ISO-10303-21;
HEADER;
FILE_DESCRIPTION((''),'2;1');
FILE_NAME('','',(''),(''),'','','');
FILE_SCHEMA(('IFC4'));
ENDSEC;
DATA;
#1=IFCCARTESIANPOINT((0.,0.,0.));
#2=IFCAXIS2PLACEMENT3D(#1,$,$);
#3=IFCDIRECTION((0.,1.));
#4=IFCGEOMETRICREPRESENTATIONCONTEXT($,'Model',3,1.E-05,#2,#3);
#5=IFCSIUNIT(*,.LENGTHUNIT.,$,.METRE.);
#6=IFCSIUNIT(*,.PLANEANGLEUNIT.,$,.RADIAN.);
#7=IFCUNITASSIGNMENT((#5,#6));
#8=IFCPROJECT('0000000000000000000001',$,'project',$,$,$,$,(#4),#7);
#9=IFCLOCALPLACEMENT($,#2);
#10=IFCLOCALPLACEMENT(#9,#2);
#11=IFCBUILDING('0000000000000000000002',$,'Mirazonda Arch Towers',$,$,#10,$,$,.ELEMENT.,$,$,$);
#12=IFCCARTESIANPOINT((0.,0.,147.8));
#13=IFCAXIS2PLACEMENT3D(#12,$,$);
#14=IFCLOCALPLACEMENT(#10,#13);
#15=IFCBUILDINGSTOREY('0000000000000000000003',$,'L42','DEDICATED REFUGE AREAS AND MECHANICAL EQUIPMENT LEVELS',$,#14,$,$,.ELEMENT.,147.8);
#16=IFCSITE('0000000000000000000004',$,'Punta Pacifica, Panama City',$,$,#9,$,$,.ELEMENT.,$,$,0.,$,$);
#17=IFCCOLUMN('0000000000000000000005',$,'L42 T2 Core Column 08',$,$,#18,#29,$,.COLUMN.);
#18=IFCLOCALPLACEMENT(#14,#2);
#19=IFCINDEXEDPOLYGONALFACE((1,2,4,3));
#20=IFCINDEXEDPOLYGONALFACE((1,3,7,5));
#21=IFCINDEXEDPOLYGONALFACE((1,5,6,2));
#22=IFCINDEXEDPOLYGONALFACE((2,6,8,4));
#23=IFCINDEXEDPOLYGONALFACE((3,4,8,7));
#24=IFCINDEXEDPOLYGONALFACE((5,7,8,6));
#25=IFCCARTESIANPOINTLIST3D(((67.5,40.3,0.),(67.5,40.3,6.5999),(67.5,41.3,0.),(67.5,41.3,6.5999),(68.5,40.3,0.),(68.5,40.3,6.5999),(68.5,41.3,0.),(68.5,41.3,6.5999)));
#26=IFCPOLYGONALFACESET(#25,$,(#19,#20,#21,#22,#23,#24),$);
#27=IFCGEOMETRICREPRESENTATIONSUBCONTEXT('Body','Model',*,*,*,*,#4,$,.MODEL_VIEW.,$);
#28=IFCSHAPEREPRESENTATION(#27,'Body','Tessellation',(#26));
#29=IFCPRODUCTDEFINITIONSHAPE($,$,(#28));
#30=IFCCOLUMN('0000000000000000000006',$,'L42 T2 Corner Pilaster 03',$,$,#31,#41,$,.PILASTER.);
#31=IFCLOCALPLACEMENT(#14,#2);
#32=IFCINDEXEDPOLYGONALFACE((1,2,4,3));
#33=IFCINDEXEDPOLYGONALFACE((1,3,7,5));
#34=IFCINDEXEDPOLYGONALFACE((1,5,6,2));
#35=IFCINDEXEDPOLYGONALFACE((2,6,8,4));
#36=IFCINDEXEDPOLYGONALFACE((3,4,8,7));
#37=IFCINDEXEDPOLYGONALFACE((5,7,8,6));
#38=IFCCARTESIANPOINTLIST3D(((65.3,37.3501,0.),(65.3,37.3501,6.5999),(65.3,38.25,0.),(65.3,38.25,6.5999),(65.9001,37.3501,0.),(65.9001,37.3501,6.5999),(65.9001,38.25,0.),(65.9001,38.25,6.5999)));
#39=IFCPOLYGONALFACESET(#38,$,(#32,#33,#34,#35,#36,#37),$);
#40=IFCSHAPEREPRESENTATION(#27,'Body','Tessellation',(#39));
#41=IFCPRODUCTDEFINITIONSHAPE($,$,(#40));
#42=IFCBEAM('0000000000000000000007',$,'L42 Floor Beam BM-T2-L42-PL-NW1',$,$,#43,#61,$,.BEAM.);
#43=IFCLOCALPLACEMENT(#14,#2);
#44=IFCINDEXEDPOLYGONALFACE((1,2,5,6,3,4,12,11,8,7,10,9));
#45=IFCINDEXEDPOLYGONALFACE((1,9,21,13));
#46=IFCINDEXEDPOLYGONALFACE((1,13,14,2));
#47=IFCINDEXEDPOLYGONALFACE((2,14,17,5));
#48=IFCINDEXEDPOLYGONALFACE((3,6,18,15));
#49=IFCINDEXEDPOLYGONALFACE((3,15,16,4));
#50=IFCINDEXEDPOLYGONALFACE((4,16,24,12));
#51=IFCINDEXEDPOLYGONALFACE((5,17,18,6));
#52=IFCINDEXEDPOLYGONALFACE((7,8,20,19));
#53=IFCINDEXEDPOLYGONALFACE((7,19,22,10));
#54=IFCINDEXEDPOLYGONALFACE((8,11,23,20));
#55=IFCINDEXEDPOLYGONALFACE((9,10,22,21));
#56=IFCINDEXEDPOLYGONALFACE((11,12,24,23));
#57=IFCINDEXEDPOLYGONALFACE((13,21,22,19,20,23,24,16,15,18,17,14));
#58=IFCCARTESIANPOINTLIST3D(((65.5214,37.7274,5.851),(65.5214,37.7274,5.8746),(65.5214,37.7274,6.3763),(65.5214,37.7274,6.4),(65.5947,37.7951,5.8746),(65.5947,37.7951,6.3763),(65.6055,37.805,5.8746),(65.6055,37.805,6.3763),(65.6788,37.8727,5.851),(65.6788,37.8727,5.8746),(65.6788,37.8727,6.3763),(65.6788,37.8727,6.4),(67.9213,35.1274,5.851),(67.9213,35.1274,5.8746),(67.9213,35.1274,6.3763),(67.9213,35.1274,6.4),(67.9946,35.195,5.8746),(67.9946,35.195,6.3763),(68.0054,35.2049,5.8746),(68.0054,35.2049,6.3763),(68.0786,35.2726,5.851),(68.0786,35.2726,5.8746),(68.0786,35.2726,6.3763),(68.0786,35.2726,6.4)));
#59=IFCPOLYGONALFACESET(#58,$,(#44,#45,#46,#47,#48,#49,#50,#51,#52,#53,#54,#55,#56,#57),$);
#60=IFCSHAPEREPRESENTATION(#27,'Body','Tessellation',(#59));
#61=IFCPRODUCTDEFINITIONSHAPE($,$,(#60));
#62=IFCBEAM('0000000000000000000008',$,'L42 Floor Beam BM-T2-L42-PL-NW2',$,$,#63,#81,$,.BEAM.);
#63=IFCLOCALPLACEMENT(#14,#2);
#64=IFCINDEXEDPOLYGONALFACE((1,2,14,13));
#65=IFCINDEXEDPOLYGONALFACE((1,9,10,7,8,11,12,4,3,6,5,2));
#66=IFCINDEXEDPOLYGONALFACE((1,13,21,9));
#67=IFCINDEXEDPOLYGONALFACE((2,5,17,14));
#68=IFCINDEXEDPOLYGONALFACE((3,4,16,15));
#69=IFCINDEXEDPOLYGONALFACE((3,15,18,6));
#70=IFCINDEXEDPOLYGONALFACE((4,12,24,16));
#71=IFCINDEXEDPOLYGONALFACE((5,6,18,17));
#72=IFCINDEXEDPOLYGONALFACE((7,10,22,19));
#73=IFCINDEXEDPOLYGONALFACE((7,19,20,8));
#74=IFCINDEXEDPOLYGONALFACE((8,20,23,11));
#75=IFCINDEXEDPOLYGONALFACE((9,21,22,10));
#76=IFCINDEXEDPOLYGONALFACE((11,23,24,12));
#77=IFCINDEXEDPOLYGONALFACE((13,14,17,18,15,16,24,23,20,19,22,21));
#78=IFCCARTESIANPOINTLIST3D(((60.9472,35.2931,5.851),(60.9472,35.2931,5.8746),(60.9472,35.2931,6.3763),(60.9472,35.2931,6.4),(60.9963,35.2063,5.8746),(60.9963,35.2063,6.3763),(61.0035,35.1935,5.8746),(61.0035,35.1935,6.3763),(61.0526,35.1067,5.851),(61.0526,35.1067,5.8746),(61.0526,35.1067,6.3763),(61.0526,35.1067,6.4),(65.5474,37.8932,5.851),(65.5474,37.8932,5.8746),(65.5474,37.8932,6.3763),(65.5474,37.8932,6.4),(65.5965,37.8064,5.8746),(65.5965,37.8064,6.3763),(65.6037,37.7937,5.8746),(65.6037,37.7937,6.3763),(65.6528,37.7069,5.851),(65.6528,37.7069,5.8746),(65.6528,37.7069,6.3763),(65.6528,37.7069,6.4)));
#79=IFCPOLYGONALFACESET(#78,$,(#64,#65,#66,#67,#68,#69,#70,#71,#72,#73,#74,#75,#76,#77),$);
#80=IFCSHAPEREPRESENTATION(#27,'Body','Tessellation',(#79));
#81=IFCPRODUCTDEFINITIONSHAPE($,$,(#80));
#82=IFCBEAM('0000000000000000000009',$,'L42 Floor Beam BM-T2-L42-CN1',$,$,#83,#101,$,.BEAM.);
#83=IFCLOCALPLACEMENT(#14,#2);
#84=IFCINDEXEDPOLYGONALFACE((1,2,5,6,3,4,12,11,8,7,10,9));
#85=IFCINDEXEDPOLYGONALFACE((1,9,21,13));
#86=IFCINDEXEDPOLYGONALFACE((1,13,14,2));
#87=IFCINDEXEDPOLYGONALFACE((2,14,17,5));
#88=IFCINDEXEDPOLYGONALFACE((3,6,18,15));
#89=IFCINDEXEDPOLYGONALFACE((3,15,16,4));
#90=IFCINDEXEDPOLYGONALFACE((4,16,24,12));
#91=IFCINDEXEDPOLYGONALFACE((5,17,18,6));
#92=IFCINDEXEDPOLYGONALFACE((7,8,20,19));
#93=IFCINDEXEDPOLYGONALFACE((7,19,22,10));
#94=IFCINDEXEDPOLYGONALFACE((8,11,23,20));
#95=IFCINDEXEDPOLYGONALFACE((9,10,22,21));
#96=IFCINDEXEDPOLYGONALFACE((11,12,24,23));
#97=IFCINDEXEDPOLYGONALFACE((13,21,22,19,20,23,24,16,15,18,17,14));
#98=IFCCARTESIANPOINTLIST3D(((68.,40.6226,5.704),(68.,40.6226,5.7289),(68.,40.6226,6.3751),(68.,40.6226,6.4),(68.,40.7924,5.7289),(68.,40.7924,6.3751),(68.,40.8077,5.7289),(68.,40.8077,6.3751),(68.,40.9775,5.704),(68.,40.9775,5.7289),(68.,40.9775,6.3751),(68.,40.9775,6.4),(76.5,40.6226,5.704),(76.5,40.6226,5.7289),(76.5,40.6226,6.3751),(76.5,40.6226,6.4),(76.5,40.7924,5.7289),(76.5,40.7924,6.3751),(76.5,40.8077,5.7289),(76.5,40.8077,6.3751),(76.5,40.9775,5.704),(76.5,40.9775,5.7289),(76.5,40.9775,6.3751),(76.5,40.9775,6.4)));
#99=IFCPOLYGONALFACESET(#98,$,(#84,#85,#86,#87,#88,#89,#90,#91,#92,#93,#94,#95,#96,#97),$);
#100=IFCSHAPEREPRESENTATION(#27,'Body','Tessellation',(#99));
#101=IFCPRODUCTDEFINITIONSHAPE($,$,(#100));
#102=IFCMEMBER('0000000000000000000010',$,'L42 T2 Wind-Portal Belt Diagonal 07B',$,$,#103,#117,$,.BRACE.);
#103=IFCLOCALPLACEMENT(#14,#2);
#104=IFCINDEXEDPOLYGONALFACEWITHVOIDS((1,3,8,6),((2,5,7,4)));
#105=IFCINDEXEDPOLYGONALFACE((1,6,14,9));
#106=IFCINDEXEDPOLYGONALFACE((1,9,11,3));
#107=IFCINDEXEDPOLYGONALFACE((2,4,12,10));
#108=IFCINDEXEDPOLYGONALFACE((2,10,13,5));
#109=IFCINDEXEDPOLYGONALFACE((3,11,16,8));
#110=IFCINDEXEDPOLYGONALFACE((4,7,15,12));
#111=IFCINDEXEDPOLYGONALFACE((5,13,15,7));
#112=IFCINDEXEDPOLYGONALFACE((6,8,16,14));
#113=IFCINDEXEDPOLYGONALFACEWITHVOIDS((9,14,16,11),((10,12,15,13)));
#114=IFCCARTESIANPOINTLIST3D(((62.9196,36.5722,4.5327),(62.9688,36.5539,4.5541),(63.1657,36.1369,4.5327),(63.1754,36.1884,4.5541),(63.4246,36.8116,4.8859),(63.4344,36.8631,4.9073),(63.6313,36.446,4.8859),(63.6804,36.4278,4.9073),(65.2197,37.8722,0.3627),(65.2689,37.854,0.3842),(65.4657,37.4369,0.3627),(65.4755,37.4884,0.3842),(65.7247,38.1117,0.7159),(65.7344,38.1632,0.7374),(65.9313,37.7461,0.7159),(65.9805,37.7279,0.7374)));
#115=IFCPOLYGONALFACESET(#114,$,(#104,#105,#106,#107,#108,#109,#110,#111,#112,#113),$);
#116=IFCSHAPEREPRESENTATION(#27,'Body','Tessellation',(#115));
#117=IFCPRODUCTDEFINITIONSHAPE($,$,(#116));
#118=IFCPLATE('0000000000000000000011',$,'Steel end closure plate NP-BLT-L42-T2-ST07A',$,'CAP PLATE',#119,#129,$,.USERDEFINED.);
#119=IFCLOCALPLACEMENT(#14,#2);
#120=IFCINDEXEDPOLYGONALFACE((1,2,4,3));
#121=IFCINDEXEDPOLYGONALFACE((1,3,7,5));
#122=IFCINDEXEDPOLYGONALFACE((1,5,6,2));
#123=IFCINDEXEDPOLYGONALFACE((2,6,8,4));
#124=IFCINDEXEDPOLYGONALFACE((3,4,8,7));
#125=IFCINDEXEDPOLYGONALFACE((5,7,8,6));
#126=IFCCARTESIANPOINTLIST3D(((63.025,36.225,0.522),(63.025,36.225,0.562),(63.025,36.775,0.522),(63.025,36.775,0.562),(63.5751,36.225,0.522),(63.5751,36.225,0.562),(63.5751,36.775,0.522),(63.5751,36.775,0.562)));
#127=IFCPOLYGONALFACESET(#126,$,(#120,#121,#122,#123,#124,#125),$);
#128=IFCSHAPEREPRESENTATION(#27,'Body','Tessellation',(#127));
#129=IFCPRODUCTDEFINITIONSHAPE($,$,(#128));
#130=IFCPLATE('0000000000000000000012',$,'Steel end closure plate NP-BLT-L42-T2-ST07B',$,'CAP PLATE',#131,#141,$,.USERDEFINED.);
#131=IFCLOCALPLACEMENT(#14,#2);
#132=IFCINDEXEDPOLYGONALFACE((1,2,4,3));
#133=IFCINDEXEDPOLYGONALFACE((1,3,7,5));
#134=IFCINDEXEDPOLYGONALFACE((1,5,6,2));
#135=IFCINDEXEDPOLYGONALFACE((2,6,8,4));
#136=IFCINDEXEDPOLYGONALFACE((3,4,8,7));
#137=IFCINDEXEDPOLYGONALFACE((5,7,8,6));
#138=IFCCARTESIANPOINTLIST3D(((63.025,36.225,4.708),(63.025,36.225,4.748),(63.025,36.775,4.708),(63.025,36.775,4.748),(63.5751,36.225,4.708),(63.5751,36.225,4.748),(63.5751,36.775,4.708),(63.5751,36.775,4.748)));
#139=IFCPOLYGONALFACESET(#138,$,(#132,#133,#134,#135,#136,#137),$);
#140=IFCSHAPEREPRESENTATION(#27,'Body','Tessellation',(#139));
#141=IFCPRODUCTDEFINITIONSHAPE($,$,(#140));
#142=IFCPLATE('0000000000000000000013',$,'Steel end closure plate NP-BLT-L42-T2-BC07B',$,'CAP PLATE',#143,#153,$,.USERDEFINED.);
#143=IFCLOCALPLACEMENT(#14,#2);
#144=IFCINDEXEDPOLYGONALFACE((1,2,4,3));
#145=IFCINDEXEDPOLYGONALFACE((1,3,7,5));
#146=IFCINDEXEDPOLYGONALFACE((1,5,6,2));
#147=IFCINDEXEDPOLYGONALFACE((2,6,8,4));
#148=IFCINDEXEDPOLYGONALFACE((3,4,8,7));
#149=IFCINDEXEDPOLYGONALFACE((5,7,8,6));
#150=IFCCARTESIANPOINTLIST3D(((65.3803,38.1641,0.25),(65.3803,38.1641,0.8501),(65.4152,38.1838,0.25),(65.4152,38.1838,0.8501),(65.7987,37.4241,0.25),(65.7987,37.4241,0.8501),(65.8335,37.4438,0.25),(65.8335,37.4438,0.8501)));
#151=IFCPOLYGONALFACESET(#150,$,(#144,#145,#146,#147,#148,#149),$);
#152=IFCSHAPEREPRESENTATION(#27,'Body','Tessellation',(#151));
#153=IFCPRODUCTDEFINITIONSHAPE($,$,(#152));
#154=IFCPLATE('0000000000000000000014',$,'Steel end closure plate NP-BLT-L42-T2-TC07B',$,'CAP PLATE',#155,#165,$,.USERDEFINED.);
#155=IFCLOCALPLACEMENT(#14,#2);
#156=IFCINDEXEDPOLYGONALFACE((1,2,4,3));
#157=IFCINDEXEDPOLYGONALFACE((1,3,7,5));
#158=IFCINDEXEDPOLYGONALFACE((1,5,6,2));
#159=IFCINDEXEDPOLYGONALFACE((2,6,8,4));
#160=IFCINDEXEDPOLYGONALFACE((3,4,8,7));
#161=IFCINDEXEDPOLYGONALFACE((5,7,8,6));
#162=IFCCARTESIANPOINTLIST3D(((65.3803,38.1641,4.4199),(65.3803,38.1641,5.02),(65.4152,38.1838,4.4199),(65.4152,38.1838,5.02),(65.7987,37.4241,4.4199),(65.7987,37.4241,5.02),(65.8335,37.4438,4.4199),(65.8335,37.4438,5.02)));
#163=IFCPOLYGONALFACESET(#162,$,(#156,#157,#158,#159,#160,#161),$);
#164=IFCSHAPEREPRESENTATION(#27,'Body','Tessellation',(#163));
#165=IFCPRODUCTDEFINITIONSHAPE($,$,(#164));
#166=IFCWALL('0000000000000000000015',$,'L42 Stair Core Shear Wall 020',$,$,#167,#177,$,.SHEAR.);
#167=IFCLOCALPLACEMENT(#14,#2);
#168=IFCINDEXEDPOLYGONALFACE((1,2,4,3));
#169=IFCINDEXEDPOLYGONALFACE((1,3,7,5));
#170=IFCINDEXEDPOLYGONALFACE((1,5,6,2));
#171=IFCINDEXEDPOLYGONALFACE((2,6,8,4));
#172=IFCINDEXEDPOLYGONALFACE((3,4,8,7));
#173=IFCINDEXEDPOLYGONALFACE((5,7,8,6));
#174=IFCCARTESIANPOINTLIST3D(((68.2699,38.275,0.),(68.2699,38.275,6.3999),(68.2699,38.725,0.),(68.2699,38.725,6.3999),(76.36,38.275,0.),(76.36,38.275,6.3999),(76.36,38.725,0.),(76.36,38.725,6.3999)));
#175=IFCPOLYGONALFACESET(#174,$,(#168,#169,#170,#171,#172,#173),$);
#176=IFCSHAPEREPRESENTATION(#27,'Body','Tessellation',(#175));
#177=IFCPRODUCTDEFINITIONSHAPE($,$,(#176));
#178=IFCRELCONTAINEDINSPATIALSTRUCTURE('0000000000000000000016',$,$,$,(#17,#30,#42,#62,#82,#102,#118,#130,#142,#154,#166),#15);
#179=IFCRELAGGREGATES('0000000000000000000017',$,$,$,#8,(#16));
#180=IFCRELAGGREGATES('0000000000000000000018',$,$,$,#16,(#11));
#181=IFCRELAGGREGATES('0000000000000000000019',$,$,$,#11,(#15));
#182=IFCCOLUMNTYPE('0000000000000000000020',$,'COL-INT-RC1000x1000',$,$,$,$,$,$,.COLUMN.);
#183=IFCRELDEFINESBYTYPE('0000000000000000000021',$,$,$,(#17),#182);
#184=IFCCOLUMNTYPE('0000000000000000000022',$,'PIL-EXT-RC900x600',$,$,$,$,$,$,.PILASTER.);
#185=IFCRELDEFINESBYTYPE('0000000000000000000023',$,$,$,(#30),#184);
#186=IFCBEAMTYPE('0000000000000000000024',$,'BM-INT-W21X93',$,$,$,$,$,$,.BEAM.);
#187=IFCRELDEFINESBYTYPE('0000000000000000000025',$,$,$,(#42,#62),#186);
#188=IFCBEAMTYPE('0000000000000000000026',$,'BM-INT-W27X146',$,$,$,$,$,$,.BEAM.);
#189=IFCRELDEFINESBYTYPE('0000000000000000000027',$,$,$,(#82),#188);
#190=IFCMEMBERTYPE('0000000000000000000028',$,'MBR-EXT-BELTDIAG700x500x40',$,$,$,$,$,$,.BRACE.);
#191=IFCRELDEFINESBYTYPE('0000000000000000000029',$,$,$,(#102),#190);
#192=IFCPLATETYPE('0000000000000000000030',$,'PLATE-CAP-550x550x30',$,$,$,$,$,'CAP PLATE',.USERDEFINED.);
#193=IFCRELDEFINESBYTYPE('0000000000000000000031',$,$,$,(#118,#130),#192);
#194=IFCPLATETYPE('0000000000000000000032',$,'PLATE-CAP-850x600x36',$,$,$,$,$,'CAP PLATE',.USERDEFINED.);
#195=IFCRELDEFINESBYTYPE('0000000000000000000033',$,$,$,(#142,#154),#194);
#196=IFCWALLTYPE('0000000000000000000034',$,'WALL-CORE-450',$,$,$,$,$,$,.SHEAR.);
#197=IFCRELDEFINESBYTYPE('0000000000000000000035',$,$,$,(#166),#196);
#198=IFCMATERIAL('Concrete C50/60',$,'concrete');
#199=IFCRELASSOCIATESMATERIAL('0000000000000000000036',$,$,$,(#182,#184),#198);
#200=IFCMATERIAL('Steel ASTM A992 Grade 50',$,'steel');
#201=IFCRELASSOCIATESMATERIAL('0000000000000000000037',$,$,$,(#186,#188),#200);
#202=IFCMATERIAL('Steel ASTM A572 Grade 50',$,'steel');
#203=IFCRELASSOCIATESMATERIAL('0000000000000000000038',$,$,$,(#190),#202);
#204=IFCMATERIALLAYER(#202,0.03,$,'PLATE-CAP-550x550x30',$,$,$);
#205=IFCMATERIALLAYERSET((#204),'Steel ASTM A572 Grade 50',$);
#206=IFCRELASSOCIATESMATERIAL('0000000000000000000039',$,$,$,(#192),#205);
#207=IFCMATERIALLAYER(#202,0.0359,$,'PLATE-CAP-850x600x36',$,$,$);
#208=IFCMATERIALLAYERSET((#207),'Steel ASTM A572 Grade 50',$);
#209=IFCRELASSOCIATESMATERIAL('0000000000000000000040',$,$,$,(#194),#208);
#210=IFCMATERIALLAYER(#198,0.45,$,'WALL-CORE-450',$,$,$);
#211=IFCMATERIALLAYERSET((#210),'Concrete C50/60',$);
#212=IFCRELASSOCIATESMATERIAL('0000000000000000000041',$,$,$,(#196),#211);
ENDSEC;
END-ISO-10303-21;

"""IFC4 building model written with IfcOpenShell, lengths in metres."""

from ifc_helpers import new_model, si_unit, direction, frame, frame_2d, origin, origin_2d, place, context, subcontext, project, spatial, rectangle, hollow_rectangle, i_section, extrude, material, layer, layer_set, material_profile, profile_set, type_object, element, save


model = new_model("IFC4")

# Units and contexts
model_context = context("Model", 3, precision=1e-05, world=origin(), true_north=direction((0.0, 1.0)))
body_context = subcontext(model_context, "Body", "Model", "MODEL_VIEW")
ifc_project = project(units=[si_unit("LENGTHUNIT", "METRE"), si_unit("PLANEANGLEUNIT", "RADIAN")], contexts=[model_context])

# Site, building, storey
site_placement = place(None, origin())
site = spatial("IfcSite", under=ifc_project, at=site_placement, Name="Punta Pacifica, Panama City", CompositionType="ELEMENT", RefElevation=0.0)
building_placement = place(site_placement, origin())
building = spatial("IfcBuilding", under=site, at=building_placement, Name="Mirazonda Arch Towers", CompositionType="ELEMENT")
storey_placement = place(building_placement, frame((0.0, 0.0, 147.8)))
storey = spatial("IfcBuildingStorey", under=building, at=storey_placement, Name="L42", Description="DEDICATED REFUGE AREAS AND MECHANICAL EQUIPMENT LEVELS", CompositionType="ELEMENT", Elevation=147.8)

# Columns
ifc_material_1 = material(Name="Concrete C50/60", Category="concrete")
ifc_material_profile_1 = material_profile(ifc_material_1, rectangle(XDim=1.0, YDim=1.0, at=origin_2d()), Name="RC1000x1000")
ifc_profile_set_1 = profile_set([ifc_material_profile_1], Name="Concrete C50/60")
column_type_1 = type_object("IfcColumnType", Name="COL-INT-RC1000x1000", PredefinedType="COLUMN", material=ifc_profile_set_1)
column_1_placement = place(storey_placement, frame((68.0, 40.8, 0.0), z_axis=(0.0, 0.0, 1.0), x_axis=(1.0, 0.0, 0.0)))
element("IfcColumn", 1, at=column_1_placement, inside=storey, type_object=column_type_1, Name="L42 T2 Core Column 08", PredefinedType="COLUMN", context=body_context, shape_type="SweptSolid", body=[
    extrude(rectangle(XDim=1.0, YDim=1.0, at=origin_2d()), origin(), (0.0, 0.0, 1.0), 6.5999),
])
ifc_material_profile_2 = material_profile(ifc_material_1, rectangle(XDim=0.6001, YDim=0.8999, at=origin_2d()), Name="RC900x600")
ifc_profile_set_2 = profile_set([ifc_material_profile_2], Name="Concrete C50/60")
column_type_2 = type_object("IfcColumnType", Name="PIL-EXT-RC900x600", PredefinedType="PILASTER", material=ifc_profile_set_2)
column_2_placement = place(storey_placement, frame((65.6001, 37.8, 0.0), z_axis=(0.0, 0.0, 1.0), x_axis=(1.0, 0.0, 0.0)))
element("IfcColumn", 2, at=column_2_placement, inside=storey, type_object=column_type_2, Name="L42 T2 Corner Pilaster 03", PredefinedType="PILASTER", context=body_context, shape_type="SweptSolid", body=[
    extrude(rectangle(XDim=0.6001, YDim=0.8999, at=origin_2d()), origin(), (0.0, 0.0, 1.0), 6.5999),
])

# Beams
ifc_material_2 = material(Name="Steel ASTM A992 Grade 50", Category="steel")
ifc_material_profile_3 = material_profile(ifc_material_2, i_section(OverallWidth=0.2141, OverallDepth=0.5491, WebThickness=0.0146, FlangeThickness=0.0237, at=origin_2d()), Name="W21X93")
ifc_profile_set_3 = profile_set([ifc_material_profile_3], Name="Steel ASTM A992 Grade 50")
beam_type_1 = type_object("IfcBeamType", Name="BM-INT-W21X93", PredefinedType="BEAM", material=ifc_profile_set_3)
beam_1_placement = place(storey_placement, frame((65.6001, 37.8, 6.1255), z_axis=(0.678251, -0.73483, 0.0), x_axis=(0.73483, 0.678251, 0.0)))
element("IfcBeam", 3, at=beam_1_placement, inside=storey, type_object=beam_type_1, Name="L42 Floor Beam BM-T2-L42-PL-NW1", PredefinedType="BEAM", context=body_context, shape_type="SweptSolid", body=[
    extrude(i_section(OverallWidth=0.2141, OverallDepth=0.5491, WebThickness=0.0146, FlangeThickness=0.0237, at=origin_2d()), origin(), (0.0, 0.0, 1.0), 3.5383),
])
beam_2_placement = place(storey_placement, frame((65.6001, 37.8, 6.1255), z_axis=(-0.870559, -0.492063, 0.0), x_axis=(0.492063, -0.870559, 0.0)))
element("IfcBeam", 4, at=beam_2_placement, inside=storey, type_object=beam_type_1, Name="L42 Floor Beam BM-T2-L42-PL-NW2", PredefinedType="BEAM", context=body_context, shape_type="SweptSolid", body=[
    extrude(i_section(OverallWidth=0.2141, OverallDepth=0.5491, WebThickness=0.0146, FlangeThickness=0.0237, at=origin_2d()), origin(), (0.0, 0.0, 1.0), 5.2842),
])
ifc_material_profile_4 = material_profile(ifc_material_2, i_section(OverallWidth=0.355, OverallDepth=0.696, WebThickness=0.0154, FlangeThickness=0.0249, at=origin_2d()), Name="W27X146")
ifc_profile_set_4 = profile_set([ifc_material_profile_4], Name="Steel ASTM A992 Grade 50")
beam_type_2 = type_object("IfcBeamType", Name="BM-INT-W27X146", PredefinedType="BEAM", material=ifc_profile_set_4)
beam_3_placement = place(storey_placement, frame((68.0, 40.8, 6.052), z_axis=(1.0, 0.0, 0.0), x_axis=(0.0, 1.0, 0.0)))
element("IfcBeam", 5, at=beam_3_placement, inside=storey, type_object=beam_type_2, Name="L42 Floor Beam BM-T2-L42-CN1", PredefinedType="BEAM", context=body_context, shape_type="SweptSolid", body=[
    extrude(i_section(OverallWidth=0.355, OverallDepth=0.696, WebThickness=0.0154, FlangeThickness=0.0249, at=origin_2d()), origin(), (0.0, 0.0, 1.0), 8.5),
])

# Member
ifc_material_3 = material(Name="Steel ASTM A572 Grade 50", Category="steel")
ifc_material_profile_5 = material_profile(ifc_material_3, hollow_rectangle(XDim=0.5, YDim=0.7, WallThickness=0.04, at=origin_2d()), Name="BELTDIAG700x500x40")
ifc_profile_set_5 = profile_set([ifc_material_profile_5], Name="Steel ASTM A572 Grade 50")
member_type = type_object("IfcMemberType", Name="MBR-EXT-BELTDIAG700x500x40", PredefinedType="BRACE", material=ifc_profile_set_5)
member_placement = place(storey_placement, frame((65.6001, 37.8, 0.55), z_axis=(-0.465931, -0.263357, 0.84472), x_axis=(0.492063, -0.870559, 0.0)))
element("IfcMember", 6, at=member_placement, inside=storey, type_object=member_type, Name="L42 T2 Wind-Portal Belt Diagonal 07B", PredefinedType="BRACE", context=body_context, shape_type="SweptSolid", body=[
    extrude(hollow_rectangle(XDim=0.5, YDim=0.7, WallThickness=0.04, at=origin_2d()), origin(), (0.0, 0.0, 1.0), 4.9365),
])

# Plates
ifc_layer_1 = layer(ifc_material_3, 0.03, Name="PLATE-CAP-550x550x30")
ifc_layer_set_1 = layer_set([ifc_layer_1], Name="Steel ASTM A572 Grade 50")
plate_type_1 = type_object("IfcPlateType", Name="PLATE-CAP-550x550x30", ElementType="CAP PLATE", PredefinedType="USERDEFINED", material=ifc_layer_set_1)
for number, where, z_axis, x_axis, name in (
    (7, (63.3, 36.5, 0.522), (0.0, 0.0, 1.0), (1.0, 0.0, 0.0), "Steel end closure plate NP-BLT-L42-T2-ST07A"),
    (8, (63.3, 36.5, 4.708), (0.0, 0.0, 1.0), (1.0, 0.0, 0.0), "Steel end closure plate NP-BLT-L42-T2-ST07B"),
):
    element("IfcPlate", number, at=place(storey_placement, frame(where, z_axis=z_axis, x_axis=x_axis)), inside=storey, type_object=plate_type_1, Name=name, ObjectType="CAP PLATE", PredefinedType="USERDEFINED", context=body_context, shape_type="SweptSolid", body=[
        extrude(rectangle(XDim=0.55, YDim=0.55, at=origin_2d()), origin(), (0.0, 0.0, 1.0), 0.04),
    ])
ifc_layer_2 = layer(ifc_material_3, 0.0359, Name="PLATE-CAP-850x600x36")
ifc_layer_set_2 = layer_set([ifc_layer_2], Name="Steel ASTM A572 Grade 50")
plate_type_2 = type_object("IfcPlateType", Name="PLATE-CAP-850x600x36", ElementType="CAP PLATE", PredefinedType="USERDEFINED", material=ifc_layer_set_2)
for number, where, z_axis, x_axis, name in (
    (9, (65.6069, 37.804, 0.25), (0.0, 0.0, 1.0), (0.870528, 0.49212, 0.0), "Steel end closure plate NP-BLT-L42-T2-BC07B"),
    (10, (65.6069, 37.804, 4.4199), (0.0, 0.0, 1.0), (0.870528, 0.49212, 0.0), "Steel end closure plate NP-BLT-L42-T2-TC07B"),
):
    element("IfcPlate", number, at=place(storey_placement, frame(where, z_axis=z_axis, x_axis=x_axis)), inside=storey, type_object=plate_type_2, Name=name, ObjectType="CAP PLATE", PredefinedType="USERDEFINED", context=body_context, shape_type="SweptSolid", body=[
        extrude(rectangle(XDim=0.04, YDim=0.8501, at=origin_2d()), origin(), (0.0, 0.0, 1.0), 0.6001),
    ])

# Wall
ifc_layer_3 = layer(ifc_material_1, 0.45, Name="WALL-CORE-450")
ifc_layer_set_3 = layer_set([ifc_layer_3], Name="Concrete C50/60")
wall_type_1 = type_object("IfcWallType", Name="WALL-CORE-450", PredefinedType="SHEAR", material=ifc_layer_set_3)
wall_1_placement = place(storey_placement, frame((68.27, 38.5, 0.0), z_axis=(0.0, 0.0, 1.0), x_axis=(1.0, 0.0, 0.0)))
element("IfcWall", 11, at=wall_1_placement, inside=storey, type_object=wall_type_1, Name="L42 Stair Core Shear Wall 020", PredefinedType="SHEAR", context=body_context, shape_type="SweptSolid", body=[
    extrude(rectangle(XDim=8.0901, YDim=0.45, at=frame_2d((4.0449, 0.0))), origin(), (0.0, 0.0, 1.0), 6.3999),
])

save(model, "model.ifc")
